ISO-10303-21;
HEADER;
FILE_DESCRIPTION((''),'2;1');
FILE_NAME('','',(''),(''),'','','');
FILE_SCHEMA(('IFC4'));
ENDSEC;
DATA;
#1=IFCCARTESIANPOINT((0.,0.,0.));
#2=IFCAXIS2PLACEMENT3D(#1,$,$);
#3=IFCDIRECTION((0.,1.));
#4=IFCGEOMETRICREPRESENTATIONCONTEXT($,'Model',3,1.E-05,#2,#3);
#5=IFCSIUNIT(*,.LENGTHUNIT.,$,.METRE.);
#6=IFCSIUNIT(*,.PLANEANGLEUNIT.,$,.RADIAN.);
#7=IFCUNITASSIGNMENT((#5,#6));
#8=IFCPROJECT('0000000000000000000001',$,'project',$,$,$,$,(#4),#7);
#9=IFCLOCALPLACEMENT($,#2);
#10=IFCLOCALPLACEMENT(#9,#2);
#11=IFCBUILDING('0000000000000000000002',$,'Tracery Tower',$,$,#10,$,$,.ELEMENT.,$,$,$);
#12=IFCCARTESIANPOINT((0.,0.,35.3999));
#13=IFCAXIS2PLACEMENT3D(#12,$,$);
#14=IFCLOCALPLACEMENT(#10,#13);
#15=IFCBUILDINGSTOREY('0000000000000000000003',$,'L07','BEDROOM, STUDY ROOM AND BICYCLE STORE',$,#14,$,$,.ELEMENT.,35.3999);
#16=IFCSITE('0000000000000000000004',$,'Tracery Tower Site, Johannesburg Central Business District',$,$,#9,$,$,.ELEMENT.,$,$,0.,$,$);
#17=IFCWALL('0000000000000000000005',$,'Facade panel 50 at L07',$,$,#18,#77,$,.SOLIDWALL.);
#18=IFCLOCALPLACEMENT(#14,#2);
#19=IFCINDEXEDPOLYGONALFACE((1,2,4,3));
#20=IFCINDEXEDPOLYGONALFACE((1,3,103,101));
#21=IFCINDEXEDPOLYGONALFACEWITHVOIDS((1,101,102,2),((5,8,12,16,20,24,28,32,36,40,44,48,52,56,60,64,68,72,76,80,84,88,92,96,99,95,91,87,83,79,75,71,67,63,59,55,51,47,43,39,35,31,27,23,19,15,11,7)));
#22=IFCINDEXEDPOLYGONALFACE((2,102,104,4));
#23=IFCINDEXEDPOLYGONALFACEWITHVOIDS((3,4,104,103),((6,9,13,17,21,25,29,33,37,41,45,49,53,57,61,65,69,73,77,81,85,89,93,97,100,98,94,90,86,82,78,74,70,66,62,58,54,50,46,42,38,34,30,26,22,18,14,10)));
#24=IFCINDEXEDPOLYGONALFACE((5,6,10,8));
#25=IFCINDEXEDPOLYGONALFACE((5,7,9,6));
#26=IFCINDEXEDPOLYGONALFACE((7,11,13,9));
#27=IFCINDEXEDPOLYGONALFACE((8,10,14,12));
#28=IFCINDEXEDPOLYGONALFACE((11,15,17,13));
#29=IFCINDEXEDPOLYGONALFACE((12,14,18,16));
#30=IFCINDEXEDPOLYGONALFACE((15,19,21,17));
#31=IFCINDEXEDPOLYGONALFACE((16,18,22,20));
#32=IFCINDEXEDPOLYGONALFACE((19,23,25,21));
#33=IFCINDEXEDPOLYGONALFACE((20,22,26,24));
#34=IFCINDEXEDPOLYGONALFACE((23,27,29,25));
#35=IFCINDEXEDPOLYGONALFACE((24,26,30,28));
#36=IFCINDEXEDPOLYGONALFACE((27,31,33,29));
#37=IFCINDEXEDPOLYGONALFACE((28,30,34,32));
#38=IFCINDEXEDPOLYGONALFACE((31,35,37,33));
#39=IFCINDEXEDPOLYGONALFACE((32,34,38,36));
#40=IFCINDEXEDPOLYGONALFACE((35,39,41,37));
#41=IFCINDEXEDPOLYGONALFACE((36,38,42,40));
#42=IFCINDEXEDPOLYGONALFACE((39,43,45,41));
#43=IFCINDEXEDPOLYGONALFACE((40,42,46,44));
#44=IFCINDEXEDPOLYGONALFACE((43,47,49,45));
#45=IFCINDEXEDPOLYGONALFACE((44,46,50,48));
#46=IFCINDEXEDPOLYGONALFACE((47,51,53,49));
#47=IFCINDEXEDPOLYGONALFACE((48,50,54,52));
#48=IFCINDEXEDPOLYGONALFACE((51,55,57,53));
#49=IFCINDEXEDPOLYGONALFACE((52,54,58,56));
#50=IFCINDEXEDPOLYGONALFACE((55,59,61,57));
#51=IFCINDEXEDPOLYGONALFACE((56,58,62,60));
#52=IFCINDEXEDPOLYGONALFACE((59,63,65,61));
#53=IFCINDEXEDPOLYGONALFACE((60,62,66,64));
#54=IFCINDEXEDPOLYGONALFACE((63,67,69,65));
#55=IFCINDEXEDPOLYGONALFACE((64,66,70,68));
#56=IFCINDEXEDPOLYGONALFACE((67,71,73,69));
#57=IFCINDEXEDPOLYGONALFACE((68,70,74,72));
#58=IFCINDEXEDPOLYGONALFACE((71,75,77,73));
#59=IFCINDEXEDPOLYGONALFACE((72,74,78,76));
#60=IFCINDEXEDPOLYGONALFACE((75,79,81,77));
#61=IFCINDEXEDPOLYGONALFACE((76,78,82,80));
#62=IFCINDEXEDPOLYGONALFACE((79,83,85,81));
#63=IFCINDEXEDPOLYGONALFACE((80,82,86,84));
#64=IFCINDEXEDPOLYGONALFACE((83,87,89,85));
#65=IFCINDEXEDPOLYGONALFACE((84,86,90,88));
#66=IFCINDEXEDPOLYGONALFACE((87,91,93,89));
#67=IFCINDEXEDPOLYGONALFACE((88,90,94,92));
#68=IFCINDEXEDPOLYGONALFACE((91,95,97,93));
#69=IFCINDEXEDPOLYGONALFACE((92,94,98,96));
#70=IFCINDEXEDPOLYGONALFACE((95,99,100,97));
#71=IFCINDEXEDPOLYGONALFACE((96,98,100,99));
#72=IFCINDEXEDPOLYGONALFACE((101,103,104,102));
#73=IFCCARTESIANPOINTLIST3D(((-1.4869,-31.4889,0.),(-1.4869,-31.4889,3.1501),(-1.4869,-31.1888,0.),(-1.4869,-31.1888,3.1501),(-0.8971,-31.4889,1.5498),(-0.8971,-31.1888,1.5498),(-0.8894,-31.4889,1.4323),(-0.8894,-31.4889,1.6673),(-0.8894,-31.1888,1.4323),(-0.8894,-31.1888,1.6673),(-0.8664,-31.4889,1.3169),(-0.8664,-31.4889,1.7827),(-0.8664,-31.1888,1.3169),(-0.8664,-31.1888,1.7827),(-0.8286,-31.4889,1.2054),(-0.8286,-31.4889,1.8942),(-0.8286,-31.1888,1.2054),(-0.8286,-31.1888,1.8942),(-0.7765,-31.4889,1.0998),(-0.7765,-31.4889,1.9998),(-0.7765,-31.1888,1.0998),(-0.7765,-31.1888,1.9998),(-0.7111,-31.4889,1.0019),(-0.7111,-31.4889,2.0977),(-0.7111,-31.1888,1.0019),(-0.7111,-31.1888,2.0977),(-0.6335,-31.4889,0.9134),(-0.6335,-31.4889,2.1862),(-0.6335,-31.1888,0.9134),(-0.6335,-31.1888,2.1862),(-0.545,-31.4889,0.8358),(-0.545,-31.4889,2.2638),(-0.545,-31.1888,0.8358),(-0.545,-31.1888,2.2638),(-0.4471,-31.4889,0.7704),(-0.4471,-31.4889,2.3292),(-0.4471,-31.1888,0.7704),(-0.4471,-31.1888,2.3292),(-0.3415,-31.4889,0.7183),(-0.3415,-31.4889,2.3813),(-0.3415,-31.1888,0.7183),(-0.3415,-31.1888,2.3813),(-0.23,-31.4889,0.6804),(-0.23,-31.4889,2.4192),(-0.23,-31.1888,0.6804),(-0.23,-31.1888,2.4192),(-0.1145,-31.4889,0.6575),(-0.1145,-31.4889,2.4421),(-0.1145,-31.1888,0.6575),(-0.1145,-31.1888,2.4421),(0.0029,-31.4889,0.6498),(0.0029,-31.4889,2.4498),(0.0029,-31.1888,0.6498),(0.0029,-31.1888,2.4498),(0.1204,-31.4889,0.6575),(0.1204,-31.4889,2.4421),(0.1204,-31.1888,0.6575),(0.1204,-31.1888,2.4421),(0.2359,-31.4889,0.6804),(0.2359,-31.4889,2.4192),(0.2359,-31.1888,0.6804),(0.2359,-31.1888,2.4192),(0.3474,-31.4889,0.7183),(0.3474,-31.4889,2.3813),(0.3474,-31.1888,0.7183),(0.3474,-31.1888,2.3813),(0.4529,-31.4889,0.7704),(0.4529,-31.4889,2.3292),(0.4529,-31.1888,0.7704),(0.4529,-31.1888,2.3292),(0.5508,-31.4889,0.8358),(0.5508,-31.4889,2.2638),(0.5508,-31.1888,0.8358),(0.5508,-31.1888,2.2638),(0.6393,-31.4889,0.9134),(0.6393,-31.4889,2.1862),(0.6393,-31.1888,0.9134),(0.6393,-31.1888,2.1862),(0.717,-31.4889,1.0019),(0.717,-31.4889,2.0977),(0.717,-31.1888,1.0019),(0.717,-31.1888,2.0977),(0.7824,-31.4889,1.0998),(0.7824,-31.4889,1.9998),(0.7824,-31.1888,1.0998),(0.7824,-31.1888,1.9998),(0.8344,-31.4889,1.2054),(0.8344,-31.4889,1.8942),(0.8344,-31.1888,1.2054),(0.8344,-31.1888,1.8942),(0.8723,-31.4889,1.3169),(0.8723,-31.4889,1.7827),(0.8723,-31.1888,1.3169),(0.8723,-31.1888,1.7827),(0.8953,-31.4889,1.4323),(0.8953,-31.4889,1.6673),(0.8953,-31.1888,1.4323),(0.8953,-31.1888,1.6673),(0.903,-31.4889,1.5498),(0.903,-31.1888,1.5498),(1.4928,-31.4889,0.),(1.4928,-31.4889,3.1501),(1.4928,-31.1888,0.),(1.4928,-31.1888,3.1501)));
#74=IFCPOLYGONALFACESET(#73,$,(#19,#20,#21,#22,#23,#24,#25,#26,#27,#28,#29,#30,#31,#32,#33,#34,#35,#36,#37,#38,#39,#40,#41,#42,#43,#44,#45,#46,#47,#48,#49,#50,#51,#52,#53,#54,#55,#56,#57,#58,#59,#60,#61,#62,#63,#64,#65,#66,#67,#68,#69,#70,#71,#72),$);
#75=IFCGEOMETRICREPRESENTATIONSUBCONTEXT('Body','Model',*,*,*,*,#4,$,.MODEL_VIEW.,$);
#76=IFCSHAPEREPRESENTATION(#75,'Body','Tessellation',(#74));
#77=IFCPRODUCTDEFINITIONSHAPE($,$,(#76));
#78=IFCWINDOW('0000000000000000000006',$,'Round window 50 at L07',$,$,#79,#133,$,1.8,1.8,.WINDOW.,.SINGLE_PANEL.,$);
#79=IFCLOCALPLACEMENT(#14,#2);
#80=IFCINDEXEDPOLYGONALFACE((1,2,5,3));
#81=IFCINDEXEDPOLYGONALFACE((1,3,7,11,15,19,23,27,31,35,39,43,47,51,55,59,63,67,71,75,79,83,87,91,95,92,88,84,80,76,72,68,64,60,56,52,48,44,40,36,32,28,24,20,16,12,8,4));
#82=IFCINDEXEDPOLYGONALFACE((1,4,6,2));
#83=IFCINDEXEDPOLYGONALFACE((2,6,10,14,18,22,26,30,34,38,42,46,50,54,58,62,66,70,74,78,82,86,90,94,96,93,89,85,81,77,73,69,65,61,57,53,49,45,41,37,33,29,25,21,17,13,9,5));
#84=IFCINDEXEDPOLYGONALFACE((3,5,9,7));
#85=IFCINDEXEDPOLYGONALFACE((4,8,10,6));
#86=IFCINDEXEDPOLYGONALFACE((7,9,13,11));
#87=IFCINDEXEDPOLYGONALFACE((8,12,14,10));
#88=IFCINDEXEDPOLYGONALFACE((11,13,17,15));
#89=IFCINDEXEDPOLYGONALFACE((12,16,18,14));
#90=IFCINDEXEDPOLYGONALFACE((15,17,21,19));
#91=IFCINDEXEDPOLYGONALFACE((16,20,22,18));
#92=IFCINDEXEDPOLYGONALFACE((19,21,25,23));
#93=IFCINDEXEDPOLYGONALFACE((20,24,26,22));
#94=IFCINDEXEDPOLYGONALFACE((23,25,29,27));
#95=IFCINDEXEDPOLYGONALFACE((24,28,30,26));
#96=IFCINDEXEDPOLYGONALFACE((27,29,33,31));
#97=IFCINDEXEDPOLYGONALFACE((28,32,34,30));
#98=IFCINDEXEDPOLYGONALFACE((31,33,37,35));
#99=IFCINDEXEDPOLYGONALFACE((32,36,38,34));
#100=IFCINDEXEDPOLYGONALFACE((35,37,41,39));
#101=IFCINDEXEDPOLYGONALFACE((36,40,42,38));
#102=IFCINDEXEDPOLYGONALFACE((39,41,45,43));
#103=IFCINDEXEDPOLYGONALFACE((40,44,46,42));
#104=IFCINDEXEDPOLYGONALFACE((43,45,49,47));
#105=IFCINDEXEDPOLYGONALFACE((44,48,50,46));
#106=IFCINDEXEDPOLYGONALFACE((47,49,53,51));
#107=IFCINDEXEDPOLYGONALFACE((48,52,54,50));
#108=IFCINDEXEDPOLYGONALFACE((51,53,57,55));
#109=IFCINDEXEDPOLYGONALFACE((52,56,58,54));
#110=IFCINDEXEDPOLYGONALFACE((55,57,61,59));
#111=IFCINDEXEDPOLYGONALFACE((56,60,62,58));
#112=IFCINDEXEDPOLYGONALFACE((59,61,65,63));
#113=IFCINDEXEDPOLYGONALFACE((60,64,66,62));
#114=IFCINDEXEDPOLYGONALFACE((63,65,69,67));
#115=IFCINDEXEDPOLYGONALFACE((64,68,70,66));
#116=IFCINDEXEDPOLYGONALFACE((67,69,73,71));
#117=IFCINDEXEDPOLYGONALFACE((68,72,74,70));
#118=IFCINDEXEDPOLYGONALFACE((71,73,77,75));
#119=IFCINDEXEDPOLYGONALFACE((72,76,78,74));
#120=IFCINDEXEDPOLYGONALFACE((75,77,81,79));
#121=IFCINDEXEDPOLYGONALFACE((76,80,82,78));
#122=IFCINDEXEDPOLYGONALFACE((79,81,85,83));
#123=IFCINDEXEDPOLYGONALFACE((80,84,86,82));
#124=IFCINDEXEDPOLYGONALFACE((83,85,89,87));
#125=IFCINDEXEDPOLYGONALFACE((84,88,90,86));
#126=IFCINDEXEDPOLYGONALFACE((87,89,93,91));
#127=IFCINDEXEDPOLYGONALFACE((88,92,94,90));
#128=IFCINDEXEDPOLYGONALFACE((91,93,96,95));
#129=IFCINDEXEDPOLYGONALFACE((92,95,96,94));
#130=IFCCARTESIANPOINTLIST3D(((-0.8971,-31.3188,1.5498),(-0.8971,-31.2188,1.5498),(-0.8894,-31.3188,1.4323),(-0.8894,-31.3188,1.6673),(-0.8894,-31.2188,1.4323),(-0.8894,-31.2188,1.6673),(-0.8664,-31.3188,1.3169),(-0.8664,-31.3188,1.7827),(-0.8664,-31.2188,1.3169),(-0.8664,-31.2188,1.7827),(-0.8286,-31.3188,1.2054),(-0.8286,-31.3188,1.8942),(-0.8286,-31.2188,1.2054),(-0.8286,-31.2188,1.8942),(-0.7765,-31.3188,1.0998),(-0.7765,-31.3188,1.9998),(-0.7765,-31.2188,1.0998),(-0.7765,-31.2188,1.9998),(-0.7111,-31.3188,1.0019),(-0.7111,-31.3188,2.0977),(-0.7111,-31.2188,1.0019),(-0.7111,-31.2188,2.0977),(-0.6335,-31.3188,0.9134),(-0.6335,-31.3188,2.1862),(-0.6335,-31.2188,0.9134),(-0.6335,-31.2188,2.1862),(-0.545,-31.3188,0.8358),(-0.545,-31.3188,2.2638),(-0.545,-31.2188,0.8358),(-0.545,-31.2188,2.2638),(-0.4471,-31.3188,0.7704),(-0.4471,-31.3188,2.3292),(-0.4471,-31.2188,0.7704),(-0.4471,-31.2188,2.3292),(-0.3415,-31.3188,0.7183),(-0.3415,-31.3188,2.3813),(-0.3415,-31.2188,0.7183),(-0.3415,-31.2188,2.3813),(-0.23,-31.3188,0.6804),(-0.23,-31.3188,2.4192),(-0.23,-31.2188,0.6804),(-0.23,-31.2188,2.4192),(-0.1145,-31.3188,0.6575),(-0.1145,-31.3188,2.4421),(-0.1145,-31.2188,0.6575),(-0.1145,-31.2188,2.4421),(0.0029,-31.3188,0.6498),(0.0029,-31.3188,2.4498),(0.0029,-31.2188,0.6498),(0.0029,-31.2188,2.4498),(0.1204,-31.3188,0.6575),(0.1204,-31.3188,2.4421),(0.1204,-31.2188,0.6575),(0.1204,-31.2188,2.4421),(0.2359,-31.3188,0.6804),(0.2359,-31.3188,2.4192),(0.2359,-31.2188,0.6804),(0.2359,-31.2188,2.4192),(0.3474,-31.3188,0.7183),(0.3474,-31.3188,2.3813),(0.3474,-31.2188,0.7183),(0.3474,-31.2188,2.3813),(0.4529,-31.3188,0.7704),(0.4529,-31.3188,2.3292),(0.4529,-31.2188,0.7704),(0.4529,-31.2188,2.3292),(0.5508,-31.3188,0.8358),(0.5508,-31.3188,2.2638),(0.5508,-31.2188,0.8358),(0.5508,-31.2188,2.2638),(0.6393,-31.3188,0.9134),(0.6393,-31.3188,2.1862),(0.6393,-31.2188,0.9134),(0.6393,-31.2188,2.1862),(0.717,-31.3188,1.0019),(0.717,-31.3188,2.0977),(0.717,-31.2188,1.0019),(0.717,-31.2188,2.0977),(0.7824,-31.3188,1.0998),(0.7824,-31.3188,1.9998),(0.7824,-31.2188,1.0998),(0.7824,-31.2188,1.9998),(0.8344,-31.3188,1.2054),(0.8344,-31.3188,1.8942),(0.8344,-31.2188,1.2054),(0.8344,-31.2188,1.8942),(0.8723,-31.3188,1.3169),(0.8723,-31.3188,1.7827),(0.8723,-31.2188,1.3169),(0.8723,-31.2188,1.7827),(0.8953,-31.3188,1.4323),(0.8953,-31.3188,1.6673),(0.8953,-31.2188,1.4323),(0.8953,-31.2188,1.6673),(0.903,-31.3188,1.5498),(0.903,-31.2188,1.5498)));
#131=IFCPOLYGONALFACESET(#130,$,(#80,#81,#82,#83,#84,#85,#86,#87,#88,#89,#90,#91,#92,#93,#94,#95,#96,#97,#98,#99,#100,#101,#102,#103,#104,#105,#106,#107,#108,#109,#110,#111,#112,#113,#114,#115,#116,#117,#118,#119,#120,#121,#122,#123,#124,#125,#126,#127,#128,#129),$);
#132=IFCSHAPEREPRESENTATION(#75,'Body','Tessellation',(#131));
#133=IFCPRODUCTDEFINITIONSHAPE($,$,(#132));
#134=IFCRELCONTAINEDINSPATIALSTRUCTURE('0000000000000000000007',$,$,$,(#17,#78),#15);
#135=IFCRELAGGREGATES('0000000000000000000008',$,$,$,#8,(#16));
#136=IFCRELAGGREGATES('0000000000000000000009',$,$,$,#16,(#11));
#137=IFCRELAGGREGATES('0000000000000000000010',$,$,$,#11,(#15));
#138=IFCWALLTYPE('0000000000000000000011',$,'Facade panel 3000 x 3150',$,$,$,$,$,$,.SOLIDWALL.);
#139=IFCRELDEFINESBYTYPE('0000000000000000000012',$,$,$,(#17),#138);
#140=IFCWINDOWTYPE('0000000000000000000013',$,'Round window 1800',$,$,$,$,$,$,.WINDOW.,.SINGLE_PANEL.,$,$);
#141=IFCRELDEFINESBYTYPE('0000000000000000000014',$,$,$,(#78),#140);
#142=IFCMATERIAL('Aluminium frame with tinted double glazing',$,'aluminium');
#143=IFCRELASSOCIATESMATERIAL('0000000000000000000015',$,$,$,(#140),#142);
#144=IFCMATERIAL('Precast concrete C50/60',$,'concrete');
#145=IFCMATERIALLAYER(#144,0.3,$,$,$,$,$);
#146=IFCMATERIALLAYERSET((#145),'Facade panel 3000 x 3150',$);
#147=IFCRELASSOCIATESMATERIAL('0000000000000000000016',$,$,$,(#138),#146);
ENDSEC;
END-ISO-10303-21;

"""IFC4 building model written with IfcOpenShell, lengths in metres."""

from ifc_helpers import new_model, si_unit, direction, frame, frame_2d, origin, origin_2d, place, context, subcontext, project, spatial, rectangle, circle, extrude, material, layer, layer_set, type_object, element, fill, save


model = new_model("IFC4")

# Units and contexts
model_context = context("Model", 3, precision=1e-05, world=origin(), true_north=direction((0.0, 1.0)))
body_context = subcontext(model_context, "Body", "Model", "MODEL_VIEW")
ifc_project = project(units=[si_unit("LENGTHUNIT", "METRE"), si_unit("PLANEANGLEUNIT", "RADIAN")], contexts=[model_context])

# Site, building, storey
site_placement = place(None, origin())
site = spatial("IfcSite", under=ifc_project, at=site_placement, Name="Tracery Tower Site, Johannesburg Central Business District", CompositionType="ELEMENT", RefElevation=0.0)
building_placement = place(site_placement, origin())
building = spatial("IfcBuilding", under=site, at=building_placement, Name="Tracery Tower", CompositionType="ELEMENT")
storey_placement = place(building_placement, frame((0.0, 0.0, 35.3999)))
storey = spatial("IfcBuildingStorey", under=building, at=storey_placement, Name="L07", Description="BEDROOM, STUDY ROOM AND BICYCLE STORE", CompositionType="ELEMENT", Elevation=35.3999)

# Wall, opening, window
ifc_material_1 = material(Name="Aluminium frame with tinted double glazing", Category="aluminium")
window_type = type_object("IfcWindowType", Name="Round window 1800", PartitioningType="SINGLE_PANEL", PredefinedType="WINDOW", material=ifc_material_1)
ifc_material_2 = material(Name="Precast concrete C50/60", Category="concrete")
ifc_layer_1 = layer(ifc_material_2, 0.3)
ifc_layer_set_1 = layer_set([ifc_layer_1], Name="Facade panel 3000 x 3150")
wall_type_1 = type_object("IfcWallType", Name="Facade panel 3000 x 3150", PredefinedType="SOLIDWALL", material=ifc_layer_set_1)
wall_1_placement = place(storey_placement, frame((-1.4868, -31.3389, 0.0), z_axis=(0.0, 0.0, 1.0), x_axis=(1.0, 0.0, 0.0)))
wall_1 = element("IfcWall", 1, at=wall_1_placement, inside=storey, type_object=wall_type_1, Name="Facade panel 50 at L07", PredefinedType="SOLIDWALL", context=body_context, shape_type="SweptSolid", body=[
    extrude(rectangle(XDim=2.9797, YDim=0.3, at=frame_2d((1.4897, 0.0))), origin(), (0.0, 0.0, 1.0), 3.1501),
])
opening_1_placement = place(wall_1_placement, frame((1.4897, 0.0, 1.5498)))
opening_1 = element("IfcOpeningElement", 2, at=opening_1_placement, cuts=wall_1, PredefinedType="OPENING", context=body_context, shape_type="SweptSolid", body=[
    extrude(circle(Radius=0.9, at=origin_2d()), frame((0.0, 0.1599, 0.0), z_axis=(0.0, -1.0, 0.0), x_axis=(1.0, 0.0, 0.0)), (0.0, 0.0, 1.0), 0.3201),
])
window_1_placement = place(opening_1_placement, origin())
window_1 = element("IfcWindow", 3, at=window_1_placement, inside=storey, type_object=window_type, Name="Round window 50 at L07", OverallHeight=1.8, OverallWidth=1.8, PartitioningType="SINGLE_PANEL", PredefinedType="WINDOW", context=body_context, shape_type="SweptSolid", body=[
    extrude(circle(Radius=0.9, at=origin_2d()), frame((0.0, 0.1201, 0.0), z_axis=(0.0, -1.0, 0.0), x_axis=(1.0, 0.0, 0.0)), (0.0, 0.0, 1.0), 0.1001),
])
fill(opening_1, window_1)

save(model, "model.ifc")
